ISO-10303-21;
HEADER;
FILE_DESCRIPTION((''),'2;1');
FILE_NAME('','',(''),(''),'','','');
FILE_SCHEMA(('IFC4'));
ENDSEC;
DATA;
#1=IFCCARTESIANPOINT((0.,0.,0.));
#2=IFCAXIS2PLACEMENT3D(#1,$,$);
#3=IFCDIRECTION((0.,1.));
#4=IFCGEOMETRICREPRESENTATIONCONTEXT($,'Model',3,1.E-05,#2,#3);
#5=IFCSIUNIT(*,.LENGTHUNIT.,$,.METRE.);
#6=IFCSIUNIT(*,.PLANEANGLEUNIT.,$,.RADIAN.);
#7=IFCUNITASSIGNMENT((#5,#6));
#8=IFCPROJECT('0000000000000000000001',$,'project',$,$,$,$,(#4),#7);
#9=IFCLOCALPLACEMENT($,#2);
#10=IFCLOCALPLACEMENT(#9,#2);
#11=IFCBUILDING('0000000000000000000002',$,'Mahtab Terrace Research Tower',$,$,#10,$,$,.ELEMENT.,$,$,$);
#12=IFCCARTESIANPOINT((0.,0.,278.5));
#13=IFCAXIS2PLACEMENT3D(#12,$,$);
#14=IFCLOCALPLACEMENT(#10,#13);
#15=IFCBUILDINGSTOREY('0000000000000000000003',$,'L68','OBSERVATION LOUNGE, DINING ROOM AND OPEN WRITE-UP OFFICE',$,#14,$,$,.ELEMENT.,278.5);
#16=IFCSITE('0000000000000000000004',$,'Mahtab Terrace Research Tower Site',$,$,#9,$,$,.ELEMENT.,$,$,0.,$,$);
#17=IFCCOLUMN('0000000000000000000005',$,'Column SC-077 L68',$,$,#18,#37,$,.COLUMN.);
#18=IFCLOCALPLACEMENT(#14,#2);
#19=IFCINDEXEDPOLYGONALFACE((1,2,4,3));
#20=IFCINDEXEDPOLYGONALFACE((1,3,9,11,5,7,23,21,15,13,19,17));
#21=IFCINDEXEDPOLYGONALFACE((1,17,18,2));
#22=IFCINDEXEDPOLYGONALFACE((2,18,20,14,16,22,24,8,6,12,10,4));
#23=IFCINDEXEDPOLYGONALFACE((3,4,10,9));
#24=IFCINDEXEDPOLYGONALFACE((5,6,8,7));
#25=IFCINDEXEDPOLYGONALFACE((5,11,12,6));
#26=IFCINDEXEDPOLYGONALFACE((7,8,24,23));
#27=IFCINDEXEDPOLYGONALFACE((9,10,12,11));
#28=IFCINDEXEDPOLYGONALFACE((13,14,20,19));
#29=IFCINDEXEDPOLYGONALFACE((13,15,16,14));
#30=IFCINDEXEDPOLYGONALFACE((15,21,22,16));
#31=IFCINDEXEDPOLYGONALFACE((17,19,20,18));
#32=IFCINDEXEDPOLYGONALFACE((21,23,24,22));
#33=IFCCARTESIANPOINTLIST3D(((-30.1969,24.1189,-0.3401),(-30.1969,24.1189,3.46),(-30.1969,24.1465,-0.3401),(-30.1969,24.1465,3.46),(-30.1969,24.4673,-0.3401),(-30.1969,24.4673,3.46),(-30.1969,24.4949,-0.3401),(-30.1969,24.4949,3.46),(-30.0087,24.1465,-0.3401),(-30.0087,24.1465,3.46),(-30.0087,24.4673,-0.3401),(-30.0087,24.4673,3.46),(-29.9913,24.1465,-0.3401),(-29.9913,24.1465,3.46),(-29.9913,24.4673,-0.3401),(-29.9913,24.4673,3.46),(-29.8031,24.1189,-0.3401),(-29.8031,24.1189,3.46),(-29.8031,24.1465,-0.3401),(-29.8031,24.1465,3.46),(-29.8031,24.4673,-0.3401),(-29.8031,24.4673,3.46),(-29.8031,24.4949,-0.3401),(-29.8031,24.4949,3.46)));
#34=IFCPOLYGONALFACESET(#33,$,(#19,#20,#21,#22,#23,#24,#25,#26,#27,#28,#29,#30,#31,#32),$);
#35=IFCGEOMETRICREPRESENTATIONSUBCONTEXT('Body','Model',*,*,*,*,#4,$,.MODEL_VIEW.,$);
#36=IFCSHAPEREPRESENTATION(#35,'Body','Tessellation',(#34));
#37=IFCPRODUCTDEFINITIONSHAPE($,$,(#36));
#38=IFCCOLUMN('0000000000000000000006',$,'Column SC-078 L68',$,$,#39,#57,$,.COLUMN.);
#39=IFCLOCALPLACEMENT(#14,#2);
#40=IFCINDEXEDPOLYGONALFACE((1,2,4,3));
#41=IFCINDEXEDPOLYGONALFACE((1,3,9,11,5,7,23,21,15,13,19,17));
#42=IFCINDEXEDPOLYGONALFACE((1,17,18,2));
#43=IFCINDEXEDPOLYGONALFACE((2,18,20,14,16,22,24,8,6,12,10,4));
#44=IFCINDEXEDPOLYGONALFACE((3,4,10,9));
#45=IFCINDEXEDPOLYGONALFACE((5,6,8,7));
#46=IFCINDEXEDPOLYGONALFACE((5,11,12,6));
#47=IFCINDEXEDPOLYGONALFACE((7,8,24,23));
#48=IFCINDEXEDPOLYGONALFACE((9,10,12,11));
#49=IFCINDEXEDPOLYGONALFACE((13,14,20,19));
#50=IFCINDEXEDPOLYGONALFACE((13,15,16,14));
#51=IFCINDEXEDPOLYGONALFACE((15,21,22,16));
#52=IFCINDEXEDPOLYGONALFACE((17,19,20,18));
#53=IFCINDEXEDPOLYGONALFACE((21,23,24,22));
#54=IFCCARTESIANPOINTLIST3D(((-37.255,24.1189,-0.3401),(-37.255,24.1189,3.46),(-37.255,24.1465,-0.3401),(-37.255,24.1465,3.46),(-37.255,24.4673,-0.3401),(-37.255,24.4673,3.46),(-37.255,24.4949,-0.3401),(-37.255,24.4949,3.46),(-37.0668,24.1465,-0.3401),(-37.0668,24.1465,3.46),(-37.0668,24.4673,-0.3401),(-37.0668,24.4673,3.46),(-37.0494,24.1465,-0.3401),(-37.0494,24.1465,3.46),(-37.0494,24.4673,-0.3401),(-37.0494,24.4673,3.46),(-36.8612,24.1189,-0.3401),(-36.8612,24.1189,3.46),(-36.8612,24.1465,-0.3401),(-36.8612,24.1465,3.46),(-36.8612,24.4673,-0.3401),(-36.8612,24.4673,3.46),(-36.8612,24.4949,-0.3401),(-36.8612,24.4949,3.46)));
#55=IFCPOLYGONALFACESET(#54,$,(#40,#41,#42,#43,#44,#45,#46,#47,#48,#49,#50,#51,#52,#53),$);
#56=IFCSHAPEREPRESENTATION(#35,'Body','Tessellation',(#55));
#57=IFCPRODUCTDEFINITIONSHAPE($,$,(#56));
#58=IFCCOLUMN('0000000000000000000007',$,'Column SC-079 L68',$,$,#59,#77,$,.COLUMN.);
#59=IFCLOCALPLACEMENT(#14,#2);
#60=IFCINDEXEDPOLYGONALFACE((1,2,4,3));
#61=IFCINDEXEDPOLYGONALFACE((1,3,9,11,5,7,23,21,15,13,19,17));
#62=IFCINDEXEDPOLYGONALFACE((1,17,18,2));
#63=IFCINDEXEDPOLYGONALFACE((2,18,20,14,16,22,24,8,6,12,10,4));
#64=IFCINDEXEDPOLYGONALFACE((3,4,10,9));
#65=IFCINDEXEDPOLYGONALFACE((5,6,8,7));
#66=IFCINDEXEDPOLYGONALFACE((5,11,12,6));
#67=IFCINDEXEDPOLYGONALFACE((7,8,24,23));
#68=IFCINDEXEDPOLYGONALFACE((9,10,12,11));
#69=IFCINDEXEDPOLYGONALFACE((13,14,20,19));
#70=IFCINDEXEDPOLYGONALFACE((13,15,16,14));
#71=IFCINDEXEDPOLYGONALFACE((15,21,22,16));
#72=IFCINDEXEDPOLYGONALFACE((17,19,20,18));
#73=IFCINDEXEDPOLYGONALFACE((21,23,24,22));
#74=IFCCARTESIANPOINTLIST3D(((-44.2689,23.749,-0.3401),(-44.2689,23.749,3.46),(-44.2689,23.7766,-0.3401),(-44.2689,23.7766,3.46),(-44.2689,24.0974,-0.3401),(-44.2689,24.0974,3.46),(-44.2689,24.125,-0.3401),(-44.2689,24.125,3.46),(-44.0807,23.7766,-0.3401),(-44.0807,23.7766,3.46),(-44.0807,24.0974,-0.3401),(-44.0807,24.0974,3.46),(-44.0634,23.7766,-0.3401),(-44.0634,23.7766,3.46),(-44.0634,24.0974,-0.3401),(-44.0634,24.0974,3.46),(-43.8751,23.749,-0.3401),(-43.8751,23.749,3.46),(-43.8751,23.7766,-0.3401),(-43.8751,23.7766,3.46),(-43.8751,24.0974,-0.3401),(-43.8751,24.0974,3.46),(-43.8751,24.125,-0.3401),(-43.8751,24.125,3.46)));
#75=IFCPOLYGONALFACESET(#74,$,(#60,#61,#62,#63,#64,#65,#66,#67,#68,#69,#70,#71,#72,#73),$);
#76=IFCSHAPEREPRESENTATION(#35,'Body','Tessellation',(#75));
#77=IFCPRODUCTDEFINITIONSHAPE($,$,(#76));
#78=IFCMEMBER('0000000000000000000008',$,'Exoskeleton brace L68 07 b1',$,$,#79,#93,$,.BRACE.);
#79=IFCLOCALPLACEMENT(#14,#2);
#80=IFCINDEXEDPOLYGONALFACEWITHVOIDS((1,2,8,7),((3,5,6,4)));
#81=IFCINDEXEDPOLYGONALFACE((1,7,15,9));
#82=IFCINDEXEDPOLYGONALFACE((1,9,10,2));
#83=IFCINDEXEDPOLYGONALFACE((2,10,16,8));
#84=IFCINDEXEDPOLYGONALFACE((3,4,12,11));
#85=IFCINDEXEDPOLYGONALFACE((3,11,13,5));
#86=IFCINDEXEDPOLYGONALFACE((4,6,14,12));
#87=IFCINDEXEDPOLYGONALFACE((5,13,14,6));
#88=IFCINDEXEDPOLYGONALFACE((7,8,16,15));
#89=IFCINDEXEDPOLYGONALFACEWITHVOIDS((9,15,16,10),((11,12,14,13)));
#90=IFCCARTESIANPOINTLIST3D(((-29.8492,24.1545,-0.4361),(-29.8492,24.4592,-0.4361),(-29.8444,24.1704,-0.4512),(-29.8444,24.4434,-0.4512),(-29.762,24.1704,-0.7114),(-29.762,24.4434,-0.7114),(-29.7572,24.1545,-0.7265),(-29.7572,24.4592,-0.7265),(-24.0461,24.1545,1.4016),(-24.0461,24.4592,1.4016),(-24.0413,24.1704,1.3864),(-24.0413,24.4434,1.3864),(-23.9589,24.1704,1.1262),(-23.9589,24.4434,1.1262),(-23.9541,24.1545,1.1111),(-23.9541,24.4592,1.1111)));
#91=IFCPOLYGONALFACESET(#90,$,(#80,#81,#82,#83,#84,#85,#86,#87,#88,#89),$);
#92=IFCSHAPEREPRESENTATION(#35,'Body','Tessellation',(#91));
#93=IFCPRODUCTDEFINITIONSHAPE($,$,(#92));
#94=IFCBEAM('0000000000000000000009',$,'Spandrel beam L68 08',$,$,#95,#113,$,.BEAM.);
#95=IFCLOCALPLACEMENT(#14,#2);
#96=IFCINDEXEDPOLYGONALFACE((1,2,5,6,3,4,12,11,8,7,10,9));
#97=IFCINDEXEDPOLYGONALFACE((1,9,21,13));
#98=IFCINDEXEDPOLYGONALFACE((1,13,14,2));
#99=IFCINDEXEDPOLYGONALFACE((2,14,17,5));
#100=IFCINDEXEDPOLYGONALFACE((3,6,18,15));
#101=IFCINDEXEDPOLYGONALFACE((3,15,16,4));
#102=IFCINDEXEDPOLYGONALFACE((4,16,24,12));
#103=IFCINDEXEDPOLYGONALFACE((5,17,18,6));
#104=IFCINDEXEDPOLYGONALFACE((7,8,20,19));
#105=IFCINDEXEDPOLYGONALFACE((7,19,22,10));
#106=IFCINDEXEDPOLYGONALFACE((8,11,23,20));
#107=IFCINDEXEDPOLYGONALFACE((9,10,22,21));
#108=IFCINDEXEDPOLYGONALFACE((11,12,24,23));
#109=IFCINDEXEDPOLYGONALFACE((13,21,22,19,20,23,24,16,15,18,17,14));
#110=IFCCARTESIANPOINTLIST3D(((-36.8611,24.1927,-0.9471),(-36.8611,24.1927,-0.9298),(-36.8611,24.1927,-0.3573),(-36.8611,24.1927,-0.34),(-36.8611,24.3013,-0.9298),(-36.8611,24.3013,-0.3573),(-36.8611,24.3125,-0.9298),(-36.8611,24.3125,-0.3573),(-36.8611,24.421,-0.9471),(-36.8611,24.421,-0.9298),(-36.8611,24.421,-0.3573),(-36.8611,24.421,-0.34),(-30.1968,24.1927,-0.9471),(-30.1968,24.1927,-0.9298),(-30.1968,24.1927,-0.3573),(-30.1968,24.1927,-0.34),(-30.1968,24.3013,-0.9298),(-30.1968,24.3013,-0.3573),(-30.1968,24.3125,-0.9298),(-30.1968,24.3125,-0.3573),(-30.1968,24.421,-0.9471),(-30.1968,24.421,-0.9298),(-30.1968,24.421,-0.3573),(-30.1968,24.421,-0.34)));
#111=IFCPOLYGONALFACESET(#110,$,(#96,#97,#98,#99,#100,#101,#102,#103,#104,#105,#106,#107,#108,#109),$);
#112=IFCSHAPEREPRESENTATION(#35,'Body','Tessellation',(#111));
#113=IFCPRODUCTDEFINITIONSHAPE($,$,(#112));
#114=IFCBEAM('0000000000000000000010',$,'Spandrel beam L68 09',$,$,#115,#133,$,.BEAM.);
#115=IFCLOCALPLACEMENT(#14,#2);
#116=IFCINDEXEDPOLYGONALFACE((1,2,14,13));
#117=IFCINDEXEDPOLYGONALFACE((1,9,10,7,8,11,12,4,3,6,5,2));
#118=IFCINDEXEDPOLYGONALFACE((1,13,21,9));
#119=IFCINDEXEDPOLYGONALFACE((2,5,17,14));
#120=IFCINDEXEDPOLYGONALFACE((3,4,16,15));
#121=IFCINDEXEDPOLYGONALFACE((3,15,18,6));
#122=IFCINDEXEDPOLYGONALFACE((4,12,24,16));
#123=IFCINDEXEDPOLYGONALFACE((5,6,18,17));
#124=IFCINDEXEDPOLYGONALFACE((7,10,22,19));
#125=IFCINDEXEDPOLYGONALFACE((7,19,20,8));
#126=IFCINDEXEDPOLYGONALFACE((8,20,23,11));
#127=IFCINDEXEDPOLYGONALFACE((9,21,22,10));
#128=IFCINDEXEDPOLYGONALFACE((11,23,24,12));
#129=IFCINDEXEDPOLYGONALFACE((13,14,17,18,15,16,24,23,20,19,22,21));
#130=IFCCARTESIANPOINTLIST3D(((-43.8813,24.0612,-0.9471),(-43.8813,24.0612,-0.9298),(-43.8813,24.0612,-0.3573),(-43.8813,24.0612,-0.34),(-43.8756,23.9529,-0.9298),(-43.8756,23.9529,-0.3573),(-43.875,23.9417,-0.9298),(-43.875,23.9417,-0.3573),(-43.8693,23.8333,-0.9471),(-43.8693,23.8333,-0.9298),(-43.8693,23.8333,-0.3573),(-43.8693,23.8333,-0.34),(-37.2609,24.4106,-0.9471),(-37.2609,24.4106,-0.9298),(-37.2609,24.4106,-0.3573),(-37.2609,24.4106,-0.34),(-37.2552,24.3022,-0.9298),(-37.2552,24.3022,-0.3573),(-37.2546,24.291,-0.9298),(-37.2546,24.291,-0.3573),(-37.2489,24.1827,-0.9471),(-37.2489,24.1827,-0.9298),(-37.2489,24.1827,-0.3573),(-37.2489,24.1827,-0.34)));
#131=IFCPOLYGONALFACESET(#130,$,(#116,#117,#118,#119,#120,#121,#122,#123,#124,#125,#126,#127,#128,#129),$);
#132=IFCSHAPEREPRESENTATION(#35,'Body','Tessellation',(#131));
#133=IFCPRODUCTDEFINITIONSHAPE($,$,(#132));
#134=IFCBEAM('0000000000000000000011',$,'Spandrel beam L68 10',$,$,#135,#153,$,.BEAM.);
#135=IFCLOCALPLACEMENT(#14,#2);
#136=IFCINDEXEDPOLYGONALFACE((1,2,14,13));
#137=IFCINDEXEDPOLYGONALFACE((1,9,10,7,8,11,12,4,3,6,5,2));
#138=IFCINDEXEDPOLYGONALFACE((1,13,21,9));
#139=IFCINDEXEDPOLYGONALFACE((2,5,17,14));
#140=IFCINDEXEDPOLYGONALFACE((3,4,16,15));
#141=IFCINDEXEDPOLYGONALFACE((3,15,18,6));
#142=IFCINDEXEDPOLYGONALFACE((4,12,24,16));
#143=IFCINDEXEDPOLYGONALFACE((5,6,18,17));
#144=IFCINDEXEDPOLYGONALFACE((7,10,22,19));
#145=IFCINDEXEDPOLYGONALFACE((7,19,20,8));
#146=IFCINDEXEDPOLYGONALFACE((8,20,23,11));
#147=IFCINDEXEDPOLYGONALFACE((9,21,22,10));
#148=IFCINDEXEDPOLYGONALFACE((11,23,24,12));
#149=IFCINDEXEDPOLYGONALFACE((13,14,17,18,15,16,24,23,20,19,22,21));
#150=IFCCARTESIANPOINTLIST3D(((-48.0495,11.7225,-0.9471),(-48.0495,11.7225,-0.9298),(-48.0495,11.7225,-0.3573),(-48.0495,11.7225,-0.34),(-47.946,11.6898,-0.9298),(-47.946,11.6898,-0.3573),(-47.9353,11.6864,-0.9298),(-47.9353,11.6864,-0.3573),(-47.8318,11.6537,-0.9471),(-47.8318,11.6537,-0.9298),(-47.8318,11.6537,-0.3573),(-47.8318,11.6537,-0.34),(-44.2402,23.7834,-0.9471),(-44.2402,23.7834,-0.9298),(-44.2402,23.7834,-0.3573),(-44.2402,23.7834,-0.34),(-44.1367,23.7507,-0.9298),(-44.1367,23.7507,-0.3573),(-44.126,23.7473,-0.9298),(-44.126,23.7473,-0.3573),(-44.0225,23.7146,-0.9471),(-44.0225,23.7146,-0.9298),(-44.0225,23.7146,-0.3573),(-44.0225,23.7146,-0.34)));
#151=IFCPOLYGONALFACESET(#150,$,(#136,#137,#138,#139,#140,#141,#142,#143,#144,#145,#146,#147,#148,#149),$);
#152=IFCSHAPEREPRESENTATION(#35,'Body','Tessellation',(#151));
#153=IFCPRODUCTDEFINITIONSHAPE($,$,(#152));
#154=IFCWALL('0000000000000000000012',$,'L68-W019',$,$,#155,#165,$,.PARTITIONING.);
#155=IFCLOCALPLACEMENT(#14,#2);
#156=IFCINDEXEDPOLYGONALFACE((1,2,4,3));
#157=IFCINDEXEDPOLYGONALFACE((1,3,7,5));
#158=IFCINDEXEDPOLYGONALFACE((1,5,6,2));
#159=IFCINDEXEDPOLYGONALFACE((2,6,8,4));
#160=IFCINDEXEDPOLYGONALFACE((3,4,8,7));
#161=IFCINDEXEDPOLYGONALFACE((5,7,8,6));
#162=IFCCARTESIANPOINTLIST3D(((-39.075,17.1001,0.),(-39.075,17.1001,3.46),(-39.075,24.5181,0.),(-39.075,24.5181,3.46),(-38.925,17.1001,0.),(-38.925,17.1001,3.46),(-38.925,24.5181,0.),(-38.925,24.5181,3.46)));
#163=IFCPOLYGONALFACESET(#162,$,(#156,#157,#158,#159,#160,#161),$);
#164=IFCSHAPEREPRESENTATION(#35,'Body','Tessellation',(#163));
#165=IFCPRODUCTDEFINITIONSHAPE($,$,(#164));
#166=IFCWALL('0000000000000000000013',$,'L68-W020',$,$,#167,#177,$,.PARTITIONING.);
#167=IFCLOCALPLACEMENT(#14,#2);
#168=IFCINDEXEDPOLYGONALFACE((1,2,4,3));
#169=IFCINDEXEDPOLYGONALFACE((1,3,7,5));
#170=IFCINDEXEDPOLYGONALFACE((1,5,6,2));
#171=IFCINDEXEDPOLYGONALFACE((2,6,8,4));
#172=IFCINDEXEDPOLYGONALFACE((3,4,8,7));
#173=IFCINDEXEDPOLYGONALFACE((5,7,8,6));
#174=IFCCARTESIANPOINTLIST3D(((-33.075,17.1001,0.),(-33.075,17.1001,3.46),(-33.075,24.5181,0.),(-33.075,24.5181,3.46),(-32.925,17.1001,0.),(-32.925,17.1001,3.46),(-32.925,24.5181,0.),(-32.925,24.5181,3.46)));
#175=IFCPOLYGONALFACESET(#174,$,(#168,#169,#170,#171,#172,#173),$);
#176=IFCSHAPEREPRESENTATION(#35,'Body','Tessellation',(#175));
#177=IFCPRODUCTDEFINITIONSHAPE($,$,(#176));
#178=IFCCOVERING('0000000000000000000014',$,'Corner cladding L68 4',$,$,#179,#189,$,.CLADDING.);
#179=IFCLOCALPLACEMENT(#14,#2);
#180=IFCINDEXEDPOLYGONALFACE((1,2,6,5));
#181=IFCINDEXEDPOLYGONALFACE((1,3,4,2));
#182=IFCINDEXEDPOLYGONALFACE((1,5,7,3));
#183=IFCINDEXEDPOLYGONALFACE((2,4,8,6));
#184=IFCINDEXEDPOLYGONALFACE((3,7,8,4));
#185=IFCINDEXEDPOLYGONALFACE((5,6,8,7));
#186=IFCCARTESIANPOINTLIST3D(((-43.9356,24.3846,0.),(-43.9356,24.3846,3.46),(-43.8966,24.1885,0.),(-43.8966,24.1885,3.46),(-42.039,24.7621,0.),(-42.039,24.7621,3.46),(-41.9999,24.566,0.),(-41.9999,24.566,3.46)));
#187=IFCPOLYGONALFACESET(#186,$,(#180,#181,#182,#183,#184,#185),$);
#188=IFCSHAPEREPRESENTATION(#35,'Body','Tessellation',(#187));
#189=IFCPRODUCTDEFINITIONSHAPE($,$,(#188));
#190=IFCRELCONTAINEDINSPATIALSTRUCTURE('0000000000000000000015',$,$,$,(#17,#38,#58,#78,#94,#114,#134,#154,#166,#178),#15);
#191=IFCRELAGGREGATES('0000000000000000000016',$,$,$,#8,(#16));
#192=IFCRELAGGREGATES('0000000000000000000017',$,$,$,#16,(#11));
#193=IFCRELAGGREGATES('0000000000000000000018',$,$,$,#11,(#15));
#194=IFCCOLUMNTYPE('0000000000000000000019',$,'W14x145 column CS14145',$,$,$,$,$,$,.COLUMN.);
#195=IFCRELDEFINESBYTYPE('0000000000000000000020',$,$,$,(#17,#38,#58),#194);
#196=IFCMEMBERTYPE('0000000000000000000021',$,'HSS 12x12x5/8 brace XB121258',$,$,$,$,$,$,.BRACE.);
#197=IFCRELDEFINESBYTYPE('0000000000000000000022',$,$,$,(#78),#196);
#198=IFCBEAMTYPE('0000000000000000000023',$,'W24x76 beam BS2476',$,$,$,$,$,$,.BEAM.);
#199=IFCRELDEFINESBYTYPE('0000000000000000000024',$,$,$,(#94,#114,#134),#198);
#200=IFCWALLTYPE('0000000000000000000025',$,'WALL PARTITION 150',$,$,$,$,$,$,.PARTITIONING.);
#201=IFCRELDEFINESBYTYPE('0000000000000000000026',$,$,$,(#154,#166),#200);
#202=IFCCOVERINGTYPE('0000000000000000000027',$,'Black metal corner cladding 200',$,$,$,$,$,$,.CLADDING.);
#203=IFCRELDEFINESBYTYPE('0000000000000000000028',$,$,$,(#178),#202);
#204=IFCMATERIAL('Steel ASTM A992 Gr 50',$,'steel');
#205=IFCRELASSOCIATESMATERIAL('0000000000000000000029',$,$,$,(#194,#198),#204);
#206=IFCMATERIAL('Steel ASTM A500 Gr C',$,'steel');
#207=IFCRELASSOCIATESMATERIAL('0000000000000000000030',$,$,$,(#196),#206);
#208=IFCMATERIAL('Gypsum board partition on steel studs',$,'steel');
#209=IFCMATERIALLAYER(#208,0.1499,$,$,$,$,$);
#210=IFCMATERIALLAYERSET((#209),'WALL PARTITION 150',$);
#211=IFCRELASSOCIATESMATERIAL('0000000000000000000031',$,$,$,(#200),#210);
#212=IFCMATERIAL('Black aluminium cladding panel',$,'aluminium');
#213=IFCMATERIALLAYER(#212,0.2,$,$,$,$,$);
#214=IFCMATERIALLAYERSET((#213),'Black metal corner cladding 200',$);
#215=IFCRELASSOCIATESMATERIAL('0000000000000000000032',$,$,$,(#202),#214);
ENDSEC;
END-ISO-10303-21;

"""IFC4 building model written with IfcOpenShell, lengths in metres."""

from ifc_helpers import new_model, si_unit, direction, frame, frame_2d, origin, origin_2d, place, context, subcontext, project, spatial, rectangle, hollow_rectangle, i_section, extrude, material, layer, layer_set, material_profile, profile_set, type_object, element, save


model = new_model("IFC4")

# Units and contexts
model_context = context("Model", 3, precision=1e-05, world=origin(), true_north=direction((0.0, 1.0)))
body_context = subcontext(model_context, "Body", "Model", "MODEL_VIEW")
ifc_project = project(units=[si_unit("LENGTHUNIT", "METRE"), si_unit("PLANEANGLEUNIT", "RADIAN")], contexts=[model_context])

# Site, building, storey
site_placement = place(None, origin())
site = spatial("IfcSite", under=ifc_project, at=site_placement, Name="Mahtab Terrace Research Tower Site", CompositionType="ELEMENT", RefElevation=0.0)
building_placement = place(site_placement, origin())
building = spatial("IfcBuilding", under=site, at=building_placement, Name="Mahtab Terrace Research Tower", CompositionType="ELEMENT")
storey_placement = place(building_placement, frame((0.0, 0.0, 278.5)))
storey = spatial("IfcBuildingStorey", under=building, at=storey_placement, Name="L68", Description="OBSERVATION LOUNGE, DINING ROOM AND OPEN WRITE-UP OFFICE", CompositionType="ELEMENT", Elevation=278.5)

# Columns
ifc_material_1 = material(Name="Steel ASTM A992 Gr 50", Category="steel")
ifc_material_profile_1 = material_profile(ifc_material_1, i_section(OverallWidth=0.3938, OverallDepth=0.376, WebThickness=0.0173, FlangeThickness=0.0276, at=origin_2d()), Name="W14X145")
ifc_profile_set_1 = profile_set([ifc_material_profile_1], Name="Steel ASTM A992 Gr 50")
column_type = type_object("IfcColumnType", Name="W14x145 column CS14145", PredefinedType="COLUMN", material=ifc_profile_set_1)
for number, where, z_axis, x_axis, name in (
    (1, (-30.0, 24.3069, -0.3401), (0.0, 0.0, 1.0), (1.0, 0.0, 0.0), "Column SC-077 L68"),
    (2, (-37.0581, 24.3069, -0.3401), (0.0, 0.0, 1.0), (1.0, 0.0, 0.0), "Column SC-078 L68"),
    (3, (-44.072, 23.937, -0.3401), (0.0, 0.0, 1.0), (1.0, 0.0, 0.0), "Column SC-079 L68"),
):
    element("IfcColumn", number, at=place(storey_placement, frame(where, z_axis=z_axis, x_axis=x_axis)), inside=storey, type_object=column_type, Name=name, PredefinedType="COLUMN", context=body_context, shape_type="SweptSolid", body=[
        extrude(i_section(OverallWidth=0.3938, OverallDepth=0.376, WebThickness=0.0173, FlangeThickness=0.0276, at=origin_2d()), origin(), (0.0, 0.0, 1.0), 3.8),
    ])

# Member
ifc_material_2 = material(Name="Steel ASTM A500 Gr C", Category="steel")
ifc_material_profile_2 = material_profile(ifc_material_2, hollow_rectangle(XDim=0.3047, YDim=0.3047, WallThickness=0.0159, at=origin_2d()), Name="HSS12X12X5/8")
ifc_profile_set_2 = profile_set([ifc_material_profile_2], Name="Steel ASTM A500 Gr C")
member_type = type_object("IfcMemberType", Name="HSS 12x12x5/8 brace XB121258", PredefinedType="BRACE", material=ifc_profile_set_2)
member_placement = place(storey_placement, frame((-29.8032, 24.3069, -0.5813), z_axis=(0.953344, 0.0, 0.301886), x_axis=(0.0, 1.0, 0.0)))
element("IfcMember", 4, at=member_placement, inside=storey, type_object=member_type, Name="Exoskeleton brace L68 07 b1", PredefinedType="BRACE", context=body_context, shape_type="SweptSolid", body=[
    extrude(hollow_rectangle(XDim=0.3047, YDim=0.3047, WallThickness=0.0159, at=origin_2d()), origin(), (0.0, 0.0, 1.0), 6.0872),
])

# Beams
ifc_material_profile_3 = material_profile(ifc_material_1, i_section(OverallWidth=0.2283, OverallDepth=0.6072, WebThickness=0.0112, FlangeThickness=0.0173, at=origin_2d()), Name="W24X76")
ifc_profile_set_3 = profile_set([ifc_material_profile_3], Name="Steel ASTM A992 Gr 50")
beam_type = type_object("IfcBeamType", Name="W24x76 beam BS2476", PredefinedType="BEAM", material=ifc_profile_set_3)
beam_1_placement = place(storey_placement, frame((-30.1968, 24.3069, -0.6436), z_axis=(-1.0, 0.0, 0.0), x_axis=(0.0, -1.0, 0.0)))
element("IfcBeam", 5, at=beam_1_placement, inside=storey, type_object=beam_type, Name="Spandrel beam L68 08", PredefinedType="BEAM", context=body_context, shape_type="SweptSolid", body=[
    extrude(i_section(OverallWidth=0.2283, OverallDepth=0.6072, WebThickness=0.0112, FlangeThickness=0.0173, at=origin_2d()), origin(), (0.0, 0.0, 1.0), 6.6643),
])
beam_2_placement = place(storey_placement, frame((-37.2549, 24.2966, -0.6436), z_axis=(-0.99861, -0.052698, 0.0), x_axis=(0.052698, -0.99861, 0.0)))
element("IfcBeam", 6, at=beam_2_placement, inside=storey, type_object=beam_type, Name="Spandrel beam L68 09", PredefinedType="BEAM", context=body_context, shape_type="SweptSolid", body=[
    extrude(i_section(OverallWidth=0.2283, OverallDepth=0.6072, WebThickness=0.0112, FlangeThickness=0.0173, at=origin_2d()), origin(), (0.0, 0.0, 1.0), 6.6296),
])
beam_3_placement = place(storey_placement, frame((-44.1313, 23.749, -0.6436), z_axis=(-0.301173, -0.95357, 0.0), x_axis=(0.95357, -0.301173, 0.0)))
element("IfcBeam", 7, at=beam_3_placement, inside=storey, type_object=beam_type, Name="Spandrel beam L68 10", PredefinedType="BEAM", context=body_context, shape_type="SweptSolid", body=[
    extrude(i_section(OverallWidth=0.2283, OverallDepth=0.6072, WebThickness=0.0112, FlangeThickness=0.0173, at=origin_2d()), origin(), (0.0, 0.0, 1.0), 12.6482),
])

# Walls
ifc_material_3 = material(Name="Gypsum board partition on steel studs", Category="steel")
ifc_layer_1 = layer(ifc_material_3, 0.1499)
ifc_layer_set_1 = layer_set([ifc_layer_1], Name="WALL PARTITION 150")
wall_type = type_object("IfcWallType", Name="WALL PARTITION 150", PredefinedType="PARTITIONING", material=ifc_layer_set_1)
for number, where, z_axis, x_axis, name in (
    (8, (-39.0, 17.1001, 0.0), (0.0, 0.0, 1.0), (0.0, 1.0, 0.0), "L68-W019"),
    (9, (-33.0, 17.1001, 0.0), (0.0, 0.0, 1.0), (0.0, 1.0, 0.0), "L68-W020"),
):
    element("IfcWall", number, at=place(storey_placement, frame(where, z_axis=z_axis, x_axis=x_axis)), inside=storey, type_object=wall_type, Name=name, PredefinedType="PARTITIONING", context=body_context, shape_type="SweptSolid", body=[
        extrude(rectangle(XDim=7.418, YDim=0.1499, at=frame_2d((3.709, 0.0))), origin(), (0.0, 0.0, 1.0), 3.46),
    ])

# Covering
ifc_material_4 = material(Name="Black aluminium cladding panel", Category="aluminium")
ifc_layer_2 = layer(ifc_material_4, 0.2)
ifc_layer_set_2 = layer_set([ifc_layer_2], Name="Black metal corner cladding 200")
covering_type = type_object("IfcCoveringType", Name="Black metal corner cladding 200", PredefinedType="CLADDING", material=ifc_layer_set_2)
covering_placement = place(storey_placement, frame((-42.9678, 24.4753, 0.0), z_axis=(0.0, 0.0, 1.0), x_axis=(-0.980761, -0.195212, 0.0)))
element("IfcCovering", 10, at=covering_placement, inside=storey, type_object=covering_type, Name="Corner cladding L68 4", PredefinedType="CLADDING", context=body_context, shape_type="SweptSolid", body=[
    extrude(rectangle(XDim=1.9338, YDim=0.2, at=origin_2d()), origin(), (0.0, 0.0, 1.0), 3.46),
])

save(model, "model.ifc")
